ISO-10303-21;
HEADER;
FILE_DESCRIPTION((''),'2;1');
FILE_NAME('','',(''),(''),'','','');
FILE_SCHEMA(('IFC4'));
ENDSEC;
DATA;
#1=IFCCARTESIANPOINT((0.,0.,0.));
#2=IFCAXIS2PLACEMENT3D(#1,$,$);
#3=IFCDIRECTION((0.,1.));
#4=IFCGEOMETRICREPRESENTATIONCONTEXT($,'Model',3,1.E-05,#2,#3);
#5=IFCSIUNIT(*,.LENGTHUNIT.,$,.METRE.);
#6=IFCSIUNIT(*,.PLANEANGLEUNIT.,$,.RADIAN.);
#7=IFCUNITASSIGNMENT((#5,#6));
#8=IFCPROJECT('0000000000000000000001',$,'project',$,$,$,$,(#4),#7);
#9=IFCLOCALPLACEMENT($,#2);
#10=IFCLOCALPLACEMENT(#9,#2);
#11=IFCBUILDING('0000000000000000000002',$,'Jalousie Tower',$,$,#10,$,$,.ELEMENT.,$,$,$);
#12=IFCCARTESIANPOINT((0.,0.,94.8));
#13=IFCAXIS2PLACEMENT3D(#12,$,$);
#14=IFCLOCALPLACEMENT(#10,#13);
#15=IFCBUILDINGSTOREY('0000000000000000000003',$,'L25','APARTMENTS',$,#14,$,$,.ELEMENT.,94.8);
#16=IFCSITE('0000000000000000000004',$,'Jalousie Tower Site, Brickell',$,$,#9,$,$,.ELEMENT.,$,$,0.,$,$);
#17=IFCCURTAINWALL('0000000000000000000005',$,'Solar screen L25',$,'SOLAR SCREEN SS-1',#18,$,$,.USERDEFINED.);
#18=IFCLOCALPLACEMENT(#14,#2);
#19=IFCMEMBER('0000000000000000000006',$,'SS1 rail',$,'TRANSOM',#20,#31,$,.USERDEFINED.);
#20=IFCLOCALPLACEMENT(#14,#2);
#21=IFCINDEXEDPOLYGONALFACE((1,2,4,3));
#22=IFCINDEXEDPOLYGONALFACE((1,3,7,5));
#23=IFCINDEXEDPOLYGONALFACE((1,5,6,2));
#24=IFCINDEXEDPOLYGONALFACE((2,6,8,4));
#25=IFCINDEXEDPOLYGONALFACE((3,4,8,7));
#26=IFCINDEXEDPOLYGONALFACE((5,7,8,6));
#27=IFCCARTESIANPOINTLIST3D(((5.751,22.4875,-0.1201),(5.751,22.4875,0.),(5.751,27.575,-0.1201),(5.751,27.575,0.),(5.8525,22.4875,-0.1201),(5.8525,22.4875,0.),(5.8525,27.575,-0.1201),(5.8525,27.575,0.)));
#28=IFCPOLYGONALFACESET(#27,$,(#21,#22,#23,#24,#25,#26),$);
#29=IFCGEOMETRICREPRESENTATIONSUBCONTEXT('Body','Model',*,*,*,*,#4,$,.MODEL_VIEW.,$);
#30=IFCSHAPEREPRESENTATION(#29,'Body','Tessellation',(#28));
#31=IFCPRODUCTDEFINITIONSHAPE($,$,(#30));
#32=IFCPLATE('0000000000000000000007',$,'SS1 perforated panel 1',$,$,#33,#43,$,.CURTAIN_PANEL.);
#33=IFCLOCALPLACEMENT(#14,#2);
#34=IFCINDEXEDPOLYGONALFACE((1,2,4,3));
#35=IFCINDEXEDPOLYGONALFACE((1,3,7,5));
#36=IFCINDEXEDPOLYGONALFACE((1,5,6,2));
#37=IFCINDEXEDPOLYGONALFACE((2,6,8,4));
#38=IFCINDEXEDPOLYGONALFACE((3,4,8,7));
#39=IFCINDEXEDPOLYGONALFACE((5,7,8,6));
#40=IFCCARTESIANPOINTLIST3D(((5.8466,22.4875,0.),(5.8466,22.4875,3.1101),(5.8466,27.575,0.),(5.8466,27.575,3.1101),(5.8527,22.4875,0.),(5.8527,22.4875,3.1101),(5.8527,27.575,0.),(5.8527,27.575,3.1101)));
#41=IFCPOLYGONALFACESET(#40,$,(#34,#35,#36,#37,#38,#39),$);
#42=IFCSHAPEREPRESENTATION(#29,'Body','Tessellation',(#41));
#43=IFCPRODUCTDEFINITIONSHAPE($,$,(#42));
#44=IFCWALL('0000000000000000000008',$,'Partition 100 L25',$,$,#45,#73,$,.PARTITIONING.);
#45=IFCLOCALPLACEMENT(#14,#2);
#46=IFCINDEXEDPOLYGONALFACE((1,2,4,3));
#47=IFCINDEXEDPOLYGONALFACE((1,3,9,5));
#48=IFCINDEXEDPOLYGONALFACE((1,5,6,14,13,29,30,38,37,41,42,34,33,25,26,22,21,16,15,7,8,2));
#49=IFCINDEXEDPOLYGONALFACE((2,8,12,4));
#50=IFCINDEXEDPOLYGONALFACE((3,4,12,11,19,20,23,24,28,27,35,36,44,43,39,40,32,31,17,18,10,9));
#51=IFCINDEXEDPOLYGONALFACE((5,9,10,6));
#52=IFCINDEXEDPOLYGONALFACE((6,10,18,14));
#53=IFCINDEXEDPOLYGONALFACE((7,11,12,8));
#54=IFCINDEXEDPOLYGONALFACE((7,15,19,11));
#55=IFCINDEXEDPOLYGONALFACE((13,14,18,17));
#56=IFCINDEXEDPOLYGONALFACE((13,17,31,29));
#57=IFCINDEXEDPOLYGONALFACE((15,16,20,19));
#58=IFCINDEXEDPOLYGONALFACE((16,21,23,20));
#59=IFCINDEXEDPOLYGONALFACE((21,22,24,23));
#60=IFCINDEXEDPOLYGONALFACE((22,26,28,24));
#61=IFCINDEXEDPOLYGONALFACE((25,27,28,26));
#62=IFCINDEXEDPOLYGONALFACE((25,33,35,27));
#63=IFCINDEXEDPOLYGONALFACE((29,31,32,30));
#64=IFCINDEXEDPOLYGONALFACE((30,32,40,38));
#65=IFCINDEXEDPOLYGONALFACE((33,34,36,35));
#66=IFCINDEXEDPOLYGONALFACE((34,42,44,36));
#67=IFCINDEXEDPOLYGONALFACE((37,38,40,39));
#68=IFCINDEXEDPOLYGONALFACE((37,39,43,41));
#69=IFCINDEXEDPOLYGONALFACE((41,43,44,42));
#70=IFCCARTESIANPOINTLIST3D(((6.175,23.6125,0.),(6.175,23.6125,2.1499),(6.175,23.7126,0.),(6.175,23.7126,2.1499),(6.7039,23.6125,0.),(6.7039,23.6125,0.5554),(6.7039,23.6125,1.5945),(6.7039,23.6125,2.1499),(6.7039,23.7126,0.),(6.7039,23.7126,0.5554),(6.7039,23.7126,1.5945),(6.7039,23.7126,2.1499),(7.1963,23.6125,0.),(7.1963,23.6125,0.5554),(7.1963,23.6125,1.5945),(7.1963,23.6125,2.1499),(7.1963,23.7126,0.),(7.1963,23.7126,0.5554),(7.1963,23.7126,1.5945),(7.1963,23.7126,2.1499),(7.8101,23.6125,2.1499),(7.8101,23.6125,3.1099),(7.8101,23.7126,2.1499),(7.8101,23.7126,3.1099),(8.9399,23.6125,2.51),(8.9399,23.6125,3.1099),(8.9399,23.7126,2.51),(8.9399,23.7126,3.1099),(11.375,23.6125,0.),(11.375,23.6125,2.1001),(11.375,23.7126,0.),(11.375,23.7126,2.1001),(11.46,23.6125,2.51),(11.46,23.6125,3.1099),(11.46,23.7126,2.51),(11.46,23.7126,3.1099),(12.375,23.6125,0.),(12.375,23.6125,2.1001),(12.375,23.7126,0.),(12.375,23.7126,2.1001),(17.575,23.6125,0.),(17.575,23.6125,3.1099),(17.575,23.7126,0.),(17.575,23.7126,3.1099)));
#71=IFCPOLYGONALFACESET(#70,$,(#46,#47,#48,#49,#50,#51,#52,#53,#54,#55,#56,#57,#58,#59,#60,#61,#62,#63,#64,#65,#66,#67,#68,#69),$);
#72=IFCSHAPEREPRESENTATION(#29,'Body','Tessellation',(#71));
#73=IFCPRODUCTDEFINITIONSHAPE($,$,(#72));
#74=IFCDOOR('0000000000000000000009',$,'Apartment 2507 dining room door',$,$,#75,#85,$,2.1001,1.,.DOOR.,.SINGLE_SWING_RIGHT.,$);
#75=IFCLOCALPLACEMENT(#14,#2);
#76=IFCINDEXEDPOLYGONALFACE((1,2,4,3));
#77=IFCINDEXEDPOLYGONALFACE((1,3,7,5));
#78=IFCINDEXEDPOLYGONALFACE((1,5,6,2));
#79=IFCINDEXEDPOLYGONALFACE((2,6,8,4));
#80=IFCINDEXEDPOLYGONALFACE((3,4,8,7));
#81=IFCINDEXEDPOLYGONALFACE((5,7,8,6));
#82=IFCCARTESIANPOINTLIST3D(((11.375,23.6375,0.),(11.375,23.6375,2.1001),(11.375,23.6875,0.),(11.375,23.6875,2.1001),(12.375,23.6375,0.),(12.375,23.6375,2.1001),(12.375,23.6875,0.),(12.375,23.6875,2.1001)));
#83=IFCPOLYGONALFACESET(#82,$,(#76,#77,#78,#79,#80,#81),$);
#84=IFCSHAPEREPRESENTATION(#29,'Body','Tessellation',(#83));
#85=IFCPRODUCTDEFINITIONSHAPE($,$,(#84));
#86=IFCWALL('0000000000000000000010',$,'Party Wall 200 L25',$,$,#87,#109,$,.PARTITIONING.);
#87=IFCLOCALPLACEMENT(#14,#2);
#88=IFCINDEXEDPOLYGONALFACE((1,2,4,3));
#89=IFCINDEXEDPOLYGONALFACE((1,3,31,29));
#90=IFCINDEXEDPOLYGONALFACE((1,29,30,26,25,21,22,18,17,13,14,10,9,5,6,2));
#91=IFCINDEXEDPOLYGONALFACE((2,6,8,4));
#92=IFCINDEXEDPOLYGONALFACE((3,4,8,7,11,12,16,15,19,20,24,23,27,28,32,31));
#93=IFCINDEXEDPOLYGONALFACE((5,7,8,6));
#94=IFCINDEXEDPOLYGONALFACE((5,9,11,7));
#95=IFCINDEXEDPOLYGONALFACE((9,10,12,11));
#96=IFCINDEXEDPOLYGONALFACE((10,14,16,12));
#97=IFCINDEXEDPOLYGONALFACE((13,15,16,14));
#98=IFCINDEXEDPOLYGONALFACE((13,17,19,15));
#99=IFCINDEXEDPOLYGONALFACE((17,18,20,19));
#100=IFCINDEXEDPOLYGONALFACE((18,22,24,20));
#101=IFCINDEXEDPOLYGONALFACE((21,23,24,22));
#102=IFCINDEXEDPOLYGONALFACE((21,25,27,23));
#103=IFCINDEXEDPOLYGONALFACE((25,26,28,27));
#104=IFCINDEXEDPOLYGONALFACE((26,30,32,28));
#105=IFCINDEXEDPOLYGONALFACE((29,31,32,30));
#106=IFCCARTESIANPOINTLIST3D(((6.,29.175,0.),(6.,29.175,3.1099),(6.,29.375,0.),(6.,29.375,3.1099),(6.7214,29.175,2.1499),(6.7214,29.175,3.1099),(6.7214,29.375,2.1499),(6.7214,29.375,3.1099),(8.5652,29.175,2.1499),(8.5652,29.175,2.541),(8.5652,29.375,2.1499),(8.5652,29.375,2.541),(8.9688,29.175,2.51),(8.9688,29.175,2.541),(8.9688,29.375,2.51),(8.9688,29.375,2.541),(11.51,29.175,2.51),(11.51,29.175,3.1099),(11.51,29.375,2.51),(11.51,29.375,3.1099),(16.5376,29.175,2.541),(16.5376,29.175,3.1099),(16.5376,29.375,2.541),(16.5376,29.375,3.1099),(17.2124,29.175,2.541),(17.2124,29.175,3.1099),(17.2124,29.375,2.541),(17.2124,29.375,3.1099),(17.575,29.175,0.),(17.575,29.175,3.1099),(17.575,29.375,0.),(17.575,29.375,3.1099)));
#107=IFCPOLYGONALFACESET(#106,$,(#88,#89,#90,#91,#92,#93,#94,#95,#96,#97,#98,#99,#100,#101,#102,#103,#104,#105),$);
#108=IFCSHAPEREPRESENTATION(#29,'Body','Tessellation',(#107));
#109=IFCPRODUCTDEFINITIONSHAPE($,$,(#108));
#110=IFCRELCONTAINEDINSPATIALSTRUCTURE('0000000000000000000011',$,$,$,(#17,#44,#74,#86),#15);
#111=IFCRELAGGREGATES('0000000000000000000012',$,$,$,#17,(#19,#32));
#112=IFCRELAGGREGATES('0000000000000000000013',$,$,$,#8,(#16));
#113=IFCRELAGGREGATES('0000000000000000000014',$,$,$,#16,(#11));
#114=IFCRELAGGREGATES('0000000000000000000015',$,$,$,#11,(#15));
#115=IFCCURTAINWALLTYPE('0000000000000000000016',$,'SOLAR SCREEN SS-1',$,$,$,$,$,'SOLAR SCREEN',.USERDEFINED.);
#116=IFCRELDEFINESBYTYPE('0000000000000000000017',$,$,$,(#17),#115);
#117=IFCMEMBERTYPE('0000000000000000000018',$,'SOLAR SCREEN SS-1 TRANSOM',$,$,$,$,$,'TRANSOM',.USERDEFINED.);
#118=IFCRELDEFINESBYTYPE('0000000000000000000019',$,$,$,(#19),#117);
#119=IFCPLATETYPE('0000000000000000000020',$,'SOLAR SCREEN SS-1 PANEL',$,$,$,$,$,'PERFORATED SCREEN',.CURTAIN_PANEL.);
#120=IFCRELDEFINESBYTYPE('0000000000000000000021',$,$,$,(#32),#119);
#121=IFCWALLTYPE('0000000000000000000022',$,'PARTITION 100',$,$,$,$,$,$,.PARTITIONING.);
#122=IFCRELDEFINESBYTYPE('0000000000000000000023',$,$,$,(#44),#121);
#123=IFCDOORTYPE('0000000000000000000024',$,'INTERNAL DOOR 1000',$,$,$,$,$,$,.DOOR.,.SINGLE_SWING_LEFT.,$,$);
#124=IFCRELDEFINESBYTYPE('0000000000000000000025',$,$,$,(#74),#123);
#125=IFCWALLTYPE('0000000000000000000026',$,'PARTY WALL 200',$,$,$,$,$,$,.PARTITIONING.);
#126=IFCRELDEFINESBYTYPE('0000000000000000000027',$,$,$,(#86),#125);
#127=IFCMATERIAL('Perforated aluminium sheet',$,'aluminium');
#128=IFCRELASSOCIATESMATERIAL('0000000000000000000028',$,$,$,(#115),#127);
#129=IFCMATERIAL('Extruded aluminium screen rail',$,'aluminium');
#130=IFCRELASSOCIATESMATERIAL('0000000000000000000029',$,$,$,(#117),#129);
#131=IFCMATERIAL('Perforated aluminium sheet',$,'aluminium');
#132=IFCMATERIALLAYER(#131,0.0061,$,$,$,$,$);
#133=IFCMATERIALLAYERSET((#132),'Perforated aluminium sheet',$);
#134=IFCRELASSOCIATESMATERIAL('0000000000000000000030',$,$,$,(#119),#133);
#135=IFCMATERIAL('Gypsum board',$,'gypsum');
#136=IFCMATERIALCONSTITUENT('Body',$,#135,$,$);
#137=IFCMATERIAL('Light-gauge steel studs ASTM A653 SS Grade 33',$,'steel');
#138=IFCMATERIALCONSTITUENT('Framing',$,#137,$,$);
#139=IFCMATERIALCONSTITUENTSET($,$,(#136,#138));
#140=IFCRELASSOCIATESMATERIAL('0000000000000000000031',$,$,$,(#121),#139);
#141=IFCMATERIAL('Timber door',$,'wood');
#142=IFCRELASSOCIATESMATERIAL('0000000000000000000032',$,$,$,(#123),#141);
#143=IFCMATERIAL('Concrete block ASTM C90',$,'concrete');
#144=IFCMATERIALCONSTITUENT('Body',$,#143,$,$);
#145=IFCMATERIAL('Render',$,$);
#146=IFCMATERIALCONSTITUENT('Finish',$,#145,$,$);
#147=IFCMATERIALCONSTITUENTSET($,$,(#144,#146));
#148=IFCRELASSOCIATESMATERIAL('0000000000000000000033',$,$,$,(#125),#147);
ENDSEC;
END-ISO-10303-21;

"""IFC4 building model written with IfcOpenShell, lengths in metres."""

from ifc_helpers import new_model, si_unit, direction, frame, frame_2d, origin, origin_2d, place, context, subcontext, project, spatial, polyline, rectangle, outline, extrude, material, layer, layer_set, constituent, constituent_set, material_profile, profile_set, type_object, element, fill, aggregate, save


model = new_model("IFC4")

# Units and contexts
model_context = context("Model", 3, precision=1e-05, world=origin(), true_north=direction((0.0, 1.0)))
body_context = subcontext(model_context, "Body", "Model", "MODEL_VIEW")
ifc_project = project(units=[si_unit("LENGTHUNIT", "METRE"), si_unit("PLANEANGLEUNIT", "RADIAN")], contexts=[model_context])

# Site, building, storey
site_placement = place(None, origin())
site = spatial("IfcSite", under=ifc_project, at=site_placement, Name="Jalousie Tower Site, Brickell", CompositionType="ELEMENT", RefElevation=0.0)
building_placement = place(site_placement, origin())
building = spatial("IfcBuilding", under=site, at=building_placement, Name="Jalousie Tower", CompositionType="ELEMENT")
storey_placement = place(building_placement, frame((0.0, 0.0, 94.8)))
storey = spatial("IfcBuildingStorey", under=building, at=storey_placement, Name="L25", Description="APARTMENTS", CompositionType="ELEMENT", Elevation=94.8)

# Curtain wall, member, plate
ifc_material_1 = material(Name="Perforated aluminium sheet", Category="aluminium")
curtain_wall_type = type_object("IfcCurtainWallType", Name="SOLAR SCREEN SS-1", ElementType="SOLAR SCREEN", PredefinedType="USERDEFINED", material=ifc_material_1)
curtain_wall_placement = place(storey_placement, origin())
curtain_wall = element("IfcCurtainWall", 1, at=curtain_wall_placement, inside=storey, type_object=curtain_wall_type, Name="Solar screen L25", ObjectType="SOLAR SCREEN SS-1", PredefinedType="USERDEFINED")
ifc_material_2 = material(Name="Extruded aluminium screen rail", Category="aluminium")
ifc_material_profile_1 = material_profile(ifc_material_2, rectangle(XDim=0.1016, YDim=0.1201, at=origin_2d()), Name="RAIL 102x120")
ifc_profile_set_1 = profile_set([ifc_material_profile_1], Name="Extruded aluminium screen rail")
member_type_1 = type_object("IfcMemberType", Name="SOLAR SCREEN SS-1 TRANSOM", ElementType="TRANSOM", PredefinedType="USERDEFINED", material=ifc_profile_set_1)
member_1_placement = place(storey_placement, frame((5.8018, 27.575, -0.0601), z_axis=(0.0, -1.0, 0.0), x_axis=(1.0, 0.0, 0.0)))
member_1 = element("IfcMember", 2, at=member_1_placement, type_object=member_type_1, Name="SS1 rail", ObjectType="TRANSOM", PredefinedType="USERDEFINED", context=body_context, shape_type="SweptSolid", body=[
    extrude(rectangle(XDim=0.1016, YDim=0.1201, at=origin_2d()), origin(), (0.0, 0.0, 1.0), 5.0874),
])
ifc_material_3 = material(Name="Perforated aluminium sheet", Category="aluminium")
ifc_layer = layer(ifc_material_3, 0.0061)
ifc_layer_set = layer_set([ifc_layer], Name="Perforated aluminium sheet")
plate_type = type_object("IfcPlateType", Name="SOLAR SCREEN SS-1 PANEL", ElementType="PERFORATED SCREEN", PredefinedType="CURTAIN_PANEL", material=ifc_layer_set)
plate_placement = place(storey_placement, frame((5.8496, 25.0312, 0.0), z_axis=(0.0, 0.0, 1.0), x_axis=(0.0, -1.0, 0.0)))
plate = element("IfcPlate", 3, at=plate_placement, type_object=plate_type, Name="SS1 perforated panel 1", PredefinedType="CURTAIN_PANEL", context=body_context, shape_type="SweptSolid", body=[
    extrude(rectangle(XDim=5.0874, YDim=0.0061, at=origin_2d()), origin(), (0.0, 0.0, 1.0), 3.1101),
])
aggregate(curtain_wall, [member_1, plate])

# Wall, opening, door
ifc_material_4 = material(Name="Gypsum board", Category="gypsum")
ifc_constituent_1 = constituent(ifc_material_4, Name="Body")
ifc_material_5 = material(Name="Light-gauge steel studs ASTM A653 SS Grade 33", Category="steel")
ifc_constituent_2 = constituent(ifc_material_5, Name="Framing")
ifc_constituent_set_1 = constituent_set(constituents=[ifc_constituent_1, ifc_constituent_2])
wall_type_1 = type_object("IfcWallType", Name="PARTITION 100", PredefinedType="PARTITIONING", material=ifc_constituent_set_1)
wall_1_placement = place(storey_placement, frame((6.175, 23.6626, 0.0), z_axis=(0.0, 0.0, 1.0), x_axis=(1.0, 0.0, 0.0)))
wall_1 = element("IfcWall", 4, at=wall_1_placement, inside=storey, type_object=wall_type_1, Name="Partition 100 L25", PredefinedType="PARTITIONING", context=body_context, shape_type="SweptSolid", body=[
    extrude(outline(polyline([(0.5288, 2.1499), (0.0, 2.1499), (0.0, 0.0), (0.5288, 0.0), (0.5288, 0.5554), (1.0212, 0.5554), (1.0212, 0.0), (11.3999, 0.0), (11.3999, 3.1099), (5.2849, 3.1099), (5.2849, 2.51), (2.7649, 2.51), (2.7649, 3.1099), (1.635, 3.1099), (1.635, 2.1499), (1.0212, 2.1499), (1.0212, 1.5945), (0.5288, 1.5945), (0.5288, 2.1499)])), frame((0.0, 0.05, 0.0), z_axis=(0.0, -1.0, 0.0), x_axis=(1.0, 0.0, 0.0)), (0.0, 0.0, 1.0), 0.1001),
])
opening_placement = place(wall_1_placement, frame((5.2, 0.0, 0.0)))
opening = element("IfcOpeningElement", 5, at=opening_placement, cuts=wall_1, PredefinedType="OPENING", context=body_context, shape_type="SweptSolid", body=[
    extrude(rectangle(XDim=1.0, YDim=2.1001, at=frame_2d((0.5, 1.05))), frame((0.0, 0.0601, 0.0), z_axis=(0.0, -1.0, 0.0), x_axis=(1.0, 0.0, 0.0)), (0.0, 0.0, 1.0), 0.1201),
])
ifc_material_6 = material(Name="Timber door", Category="wood")
door_type = type_object("IfcDoorType", Name="INTERNAL DOOR 1000", OperationType="SINGLE_SWING_LEFT", PredefinedType="DOOR", material=ifc_material_6)
door_placement = place(opening_placement, origin())
door = element("IfcDoor", 6, at=door_placement, inside=storey, type_object=door_type, Name="Apartment 2507 dining room door", OperationType="SINGLE_SWING_RIGHT", OverallHeight=2.1001, OverallWidth=1.0, PredefinedType="DOOR", context=body_context, shape_type="SweptSolid", body=[
    extrude(rectangle(XDim=1.0, YDim=2.1001, at=frame_2d((0.5, 1.05))), frame((0.0, 0.0249, 0.0), z_axis=(0.0, -1.0, 0.0), x_axis=(1.0, 0.0, 0.0)), (0.0, 0.0, 1.0), 0.05),
])
fill(opening, door)

# Wall
ifc_material_7 = material(Name="Concrete block ASTM C90", Category="concrete")
ifc_constituent_3 = constituent(ifc_material_7, Name="Body")
ifc_material_8 = material(Name="Render")
ifc_constituent_4 = constituent(ifc_material_8, Name="Finish")
ifc_constituent_set_2 = constituent_set(constituents=[ifc_constituent_3, ifc_constituent_4])
wall_type_2 = type_object("IfcWallType", Name="PARTY WALL 200", PredefinedType="PARTITIONING", material=ifc_constituent_set_2)
wall_2_placement = place(storey_placement, frame((6.0, 29.2749, 0.0), z_axis=(0.0, 0.0, 1.0), x_axis=(1.0, 0.0, 0.0)))
element("IfcWall", 7, at=wall_2_placement, inside=storey, type_object=wall_type_2, Name="Party Wall 200 L25", PredefinedType="PARTITIONING", context=body_context, shape_type="SweptSolid", body=[
    extrude(outline(polyline([(0.0, 0.0), (11.575, 0.0), (11.575, 3.1099), (11.2124, 3.1099), (11.2124, 2.541), (10.5376, 2.541), (10.5376, 3.1099), (5.51, 3.1099), (5.51, 2.51), (2.9688, 2.51), (2.9688, 2.541), (2.5652, 2.541), (2.5652, 2.1499), (0.7214, 2.1499), (0.7214, 3.1099), (0.0, 3.1099), (0.0, 0.0)])), frame((0.0, 0.1001, 0.0), z_axis=(0.0, -1.0, 0.0), x_axis=(1.0, 0.0, 0.0)), (0.0, 0.0, 1.0), 0.2),
])

save(model, "model.ifc")
